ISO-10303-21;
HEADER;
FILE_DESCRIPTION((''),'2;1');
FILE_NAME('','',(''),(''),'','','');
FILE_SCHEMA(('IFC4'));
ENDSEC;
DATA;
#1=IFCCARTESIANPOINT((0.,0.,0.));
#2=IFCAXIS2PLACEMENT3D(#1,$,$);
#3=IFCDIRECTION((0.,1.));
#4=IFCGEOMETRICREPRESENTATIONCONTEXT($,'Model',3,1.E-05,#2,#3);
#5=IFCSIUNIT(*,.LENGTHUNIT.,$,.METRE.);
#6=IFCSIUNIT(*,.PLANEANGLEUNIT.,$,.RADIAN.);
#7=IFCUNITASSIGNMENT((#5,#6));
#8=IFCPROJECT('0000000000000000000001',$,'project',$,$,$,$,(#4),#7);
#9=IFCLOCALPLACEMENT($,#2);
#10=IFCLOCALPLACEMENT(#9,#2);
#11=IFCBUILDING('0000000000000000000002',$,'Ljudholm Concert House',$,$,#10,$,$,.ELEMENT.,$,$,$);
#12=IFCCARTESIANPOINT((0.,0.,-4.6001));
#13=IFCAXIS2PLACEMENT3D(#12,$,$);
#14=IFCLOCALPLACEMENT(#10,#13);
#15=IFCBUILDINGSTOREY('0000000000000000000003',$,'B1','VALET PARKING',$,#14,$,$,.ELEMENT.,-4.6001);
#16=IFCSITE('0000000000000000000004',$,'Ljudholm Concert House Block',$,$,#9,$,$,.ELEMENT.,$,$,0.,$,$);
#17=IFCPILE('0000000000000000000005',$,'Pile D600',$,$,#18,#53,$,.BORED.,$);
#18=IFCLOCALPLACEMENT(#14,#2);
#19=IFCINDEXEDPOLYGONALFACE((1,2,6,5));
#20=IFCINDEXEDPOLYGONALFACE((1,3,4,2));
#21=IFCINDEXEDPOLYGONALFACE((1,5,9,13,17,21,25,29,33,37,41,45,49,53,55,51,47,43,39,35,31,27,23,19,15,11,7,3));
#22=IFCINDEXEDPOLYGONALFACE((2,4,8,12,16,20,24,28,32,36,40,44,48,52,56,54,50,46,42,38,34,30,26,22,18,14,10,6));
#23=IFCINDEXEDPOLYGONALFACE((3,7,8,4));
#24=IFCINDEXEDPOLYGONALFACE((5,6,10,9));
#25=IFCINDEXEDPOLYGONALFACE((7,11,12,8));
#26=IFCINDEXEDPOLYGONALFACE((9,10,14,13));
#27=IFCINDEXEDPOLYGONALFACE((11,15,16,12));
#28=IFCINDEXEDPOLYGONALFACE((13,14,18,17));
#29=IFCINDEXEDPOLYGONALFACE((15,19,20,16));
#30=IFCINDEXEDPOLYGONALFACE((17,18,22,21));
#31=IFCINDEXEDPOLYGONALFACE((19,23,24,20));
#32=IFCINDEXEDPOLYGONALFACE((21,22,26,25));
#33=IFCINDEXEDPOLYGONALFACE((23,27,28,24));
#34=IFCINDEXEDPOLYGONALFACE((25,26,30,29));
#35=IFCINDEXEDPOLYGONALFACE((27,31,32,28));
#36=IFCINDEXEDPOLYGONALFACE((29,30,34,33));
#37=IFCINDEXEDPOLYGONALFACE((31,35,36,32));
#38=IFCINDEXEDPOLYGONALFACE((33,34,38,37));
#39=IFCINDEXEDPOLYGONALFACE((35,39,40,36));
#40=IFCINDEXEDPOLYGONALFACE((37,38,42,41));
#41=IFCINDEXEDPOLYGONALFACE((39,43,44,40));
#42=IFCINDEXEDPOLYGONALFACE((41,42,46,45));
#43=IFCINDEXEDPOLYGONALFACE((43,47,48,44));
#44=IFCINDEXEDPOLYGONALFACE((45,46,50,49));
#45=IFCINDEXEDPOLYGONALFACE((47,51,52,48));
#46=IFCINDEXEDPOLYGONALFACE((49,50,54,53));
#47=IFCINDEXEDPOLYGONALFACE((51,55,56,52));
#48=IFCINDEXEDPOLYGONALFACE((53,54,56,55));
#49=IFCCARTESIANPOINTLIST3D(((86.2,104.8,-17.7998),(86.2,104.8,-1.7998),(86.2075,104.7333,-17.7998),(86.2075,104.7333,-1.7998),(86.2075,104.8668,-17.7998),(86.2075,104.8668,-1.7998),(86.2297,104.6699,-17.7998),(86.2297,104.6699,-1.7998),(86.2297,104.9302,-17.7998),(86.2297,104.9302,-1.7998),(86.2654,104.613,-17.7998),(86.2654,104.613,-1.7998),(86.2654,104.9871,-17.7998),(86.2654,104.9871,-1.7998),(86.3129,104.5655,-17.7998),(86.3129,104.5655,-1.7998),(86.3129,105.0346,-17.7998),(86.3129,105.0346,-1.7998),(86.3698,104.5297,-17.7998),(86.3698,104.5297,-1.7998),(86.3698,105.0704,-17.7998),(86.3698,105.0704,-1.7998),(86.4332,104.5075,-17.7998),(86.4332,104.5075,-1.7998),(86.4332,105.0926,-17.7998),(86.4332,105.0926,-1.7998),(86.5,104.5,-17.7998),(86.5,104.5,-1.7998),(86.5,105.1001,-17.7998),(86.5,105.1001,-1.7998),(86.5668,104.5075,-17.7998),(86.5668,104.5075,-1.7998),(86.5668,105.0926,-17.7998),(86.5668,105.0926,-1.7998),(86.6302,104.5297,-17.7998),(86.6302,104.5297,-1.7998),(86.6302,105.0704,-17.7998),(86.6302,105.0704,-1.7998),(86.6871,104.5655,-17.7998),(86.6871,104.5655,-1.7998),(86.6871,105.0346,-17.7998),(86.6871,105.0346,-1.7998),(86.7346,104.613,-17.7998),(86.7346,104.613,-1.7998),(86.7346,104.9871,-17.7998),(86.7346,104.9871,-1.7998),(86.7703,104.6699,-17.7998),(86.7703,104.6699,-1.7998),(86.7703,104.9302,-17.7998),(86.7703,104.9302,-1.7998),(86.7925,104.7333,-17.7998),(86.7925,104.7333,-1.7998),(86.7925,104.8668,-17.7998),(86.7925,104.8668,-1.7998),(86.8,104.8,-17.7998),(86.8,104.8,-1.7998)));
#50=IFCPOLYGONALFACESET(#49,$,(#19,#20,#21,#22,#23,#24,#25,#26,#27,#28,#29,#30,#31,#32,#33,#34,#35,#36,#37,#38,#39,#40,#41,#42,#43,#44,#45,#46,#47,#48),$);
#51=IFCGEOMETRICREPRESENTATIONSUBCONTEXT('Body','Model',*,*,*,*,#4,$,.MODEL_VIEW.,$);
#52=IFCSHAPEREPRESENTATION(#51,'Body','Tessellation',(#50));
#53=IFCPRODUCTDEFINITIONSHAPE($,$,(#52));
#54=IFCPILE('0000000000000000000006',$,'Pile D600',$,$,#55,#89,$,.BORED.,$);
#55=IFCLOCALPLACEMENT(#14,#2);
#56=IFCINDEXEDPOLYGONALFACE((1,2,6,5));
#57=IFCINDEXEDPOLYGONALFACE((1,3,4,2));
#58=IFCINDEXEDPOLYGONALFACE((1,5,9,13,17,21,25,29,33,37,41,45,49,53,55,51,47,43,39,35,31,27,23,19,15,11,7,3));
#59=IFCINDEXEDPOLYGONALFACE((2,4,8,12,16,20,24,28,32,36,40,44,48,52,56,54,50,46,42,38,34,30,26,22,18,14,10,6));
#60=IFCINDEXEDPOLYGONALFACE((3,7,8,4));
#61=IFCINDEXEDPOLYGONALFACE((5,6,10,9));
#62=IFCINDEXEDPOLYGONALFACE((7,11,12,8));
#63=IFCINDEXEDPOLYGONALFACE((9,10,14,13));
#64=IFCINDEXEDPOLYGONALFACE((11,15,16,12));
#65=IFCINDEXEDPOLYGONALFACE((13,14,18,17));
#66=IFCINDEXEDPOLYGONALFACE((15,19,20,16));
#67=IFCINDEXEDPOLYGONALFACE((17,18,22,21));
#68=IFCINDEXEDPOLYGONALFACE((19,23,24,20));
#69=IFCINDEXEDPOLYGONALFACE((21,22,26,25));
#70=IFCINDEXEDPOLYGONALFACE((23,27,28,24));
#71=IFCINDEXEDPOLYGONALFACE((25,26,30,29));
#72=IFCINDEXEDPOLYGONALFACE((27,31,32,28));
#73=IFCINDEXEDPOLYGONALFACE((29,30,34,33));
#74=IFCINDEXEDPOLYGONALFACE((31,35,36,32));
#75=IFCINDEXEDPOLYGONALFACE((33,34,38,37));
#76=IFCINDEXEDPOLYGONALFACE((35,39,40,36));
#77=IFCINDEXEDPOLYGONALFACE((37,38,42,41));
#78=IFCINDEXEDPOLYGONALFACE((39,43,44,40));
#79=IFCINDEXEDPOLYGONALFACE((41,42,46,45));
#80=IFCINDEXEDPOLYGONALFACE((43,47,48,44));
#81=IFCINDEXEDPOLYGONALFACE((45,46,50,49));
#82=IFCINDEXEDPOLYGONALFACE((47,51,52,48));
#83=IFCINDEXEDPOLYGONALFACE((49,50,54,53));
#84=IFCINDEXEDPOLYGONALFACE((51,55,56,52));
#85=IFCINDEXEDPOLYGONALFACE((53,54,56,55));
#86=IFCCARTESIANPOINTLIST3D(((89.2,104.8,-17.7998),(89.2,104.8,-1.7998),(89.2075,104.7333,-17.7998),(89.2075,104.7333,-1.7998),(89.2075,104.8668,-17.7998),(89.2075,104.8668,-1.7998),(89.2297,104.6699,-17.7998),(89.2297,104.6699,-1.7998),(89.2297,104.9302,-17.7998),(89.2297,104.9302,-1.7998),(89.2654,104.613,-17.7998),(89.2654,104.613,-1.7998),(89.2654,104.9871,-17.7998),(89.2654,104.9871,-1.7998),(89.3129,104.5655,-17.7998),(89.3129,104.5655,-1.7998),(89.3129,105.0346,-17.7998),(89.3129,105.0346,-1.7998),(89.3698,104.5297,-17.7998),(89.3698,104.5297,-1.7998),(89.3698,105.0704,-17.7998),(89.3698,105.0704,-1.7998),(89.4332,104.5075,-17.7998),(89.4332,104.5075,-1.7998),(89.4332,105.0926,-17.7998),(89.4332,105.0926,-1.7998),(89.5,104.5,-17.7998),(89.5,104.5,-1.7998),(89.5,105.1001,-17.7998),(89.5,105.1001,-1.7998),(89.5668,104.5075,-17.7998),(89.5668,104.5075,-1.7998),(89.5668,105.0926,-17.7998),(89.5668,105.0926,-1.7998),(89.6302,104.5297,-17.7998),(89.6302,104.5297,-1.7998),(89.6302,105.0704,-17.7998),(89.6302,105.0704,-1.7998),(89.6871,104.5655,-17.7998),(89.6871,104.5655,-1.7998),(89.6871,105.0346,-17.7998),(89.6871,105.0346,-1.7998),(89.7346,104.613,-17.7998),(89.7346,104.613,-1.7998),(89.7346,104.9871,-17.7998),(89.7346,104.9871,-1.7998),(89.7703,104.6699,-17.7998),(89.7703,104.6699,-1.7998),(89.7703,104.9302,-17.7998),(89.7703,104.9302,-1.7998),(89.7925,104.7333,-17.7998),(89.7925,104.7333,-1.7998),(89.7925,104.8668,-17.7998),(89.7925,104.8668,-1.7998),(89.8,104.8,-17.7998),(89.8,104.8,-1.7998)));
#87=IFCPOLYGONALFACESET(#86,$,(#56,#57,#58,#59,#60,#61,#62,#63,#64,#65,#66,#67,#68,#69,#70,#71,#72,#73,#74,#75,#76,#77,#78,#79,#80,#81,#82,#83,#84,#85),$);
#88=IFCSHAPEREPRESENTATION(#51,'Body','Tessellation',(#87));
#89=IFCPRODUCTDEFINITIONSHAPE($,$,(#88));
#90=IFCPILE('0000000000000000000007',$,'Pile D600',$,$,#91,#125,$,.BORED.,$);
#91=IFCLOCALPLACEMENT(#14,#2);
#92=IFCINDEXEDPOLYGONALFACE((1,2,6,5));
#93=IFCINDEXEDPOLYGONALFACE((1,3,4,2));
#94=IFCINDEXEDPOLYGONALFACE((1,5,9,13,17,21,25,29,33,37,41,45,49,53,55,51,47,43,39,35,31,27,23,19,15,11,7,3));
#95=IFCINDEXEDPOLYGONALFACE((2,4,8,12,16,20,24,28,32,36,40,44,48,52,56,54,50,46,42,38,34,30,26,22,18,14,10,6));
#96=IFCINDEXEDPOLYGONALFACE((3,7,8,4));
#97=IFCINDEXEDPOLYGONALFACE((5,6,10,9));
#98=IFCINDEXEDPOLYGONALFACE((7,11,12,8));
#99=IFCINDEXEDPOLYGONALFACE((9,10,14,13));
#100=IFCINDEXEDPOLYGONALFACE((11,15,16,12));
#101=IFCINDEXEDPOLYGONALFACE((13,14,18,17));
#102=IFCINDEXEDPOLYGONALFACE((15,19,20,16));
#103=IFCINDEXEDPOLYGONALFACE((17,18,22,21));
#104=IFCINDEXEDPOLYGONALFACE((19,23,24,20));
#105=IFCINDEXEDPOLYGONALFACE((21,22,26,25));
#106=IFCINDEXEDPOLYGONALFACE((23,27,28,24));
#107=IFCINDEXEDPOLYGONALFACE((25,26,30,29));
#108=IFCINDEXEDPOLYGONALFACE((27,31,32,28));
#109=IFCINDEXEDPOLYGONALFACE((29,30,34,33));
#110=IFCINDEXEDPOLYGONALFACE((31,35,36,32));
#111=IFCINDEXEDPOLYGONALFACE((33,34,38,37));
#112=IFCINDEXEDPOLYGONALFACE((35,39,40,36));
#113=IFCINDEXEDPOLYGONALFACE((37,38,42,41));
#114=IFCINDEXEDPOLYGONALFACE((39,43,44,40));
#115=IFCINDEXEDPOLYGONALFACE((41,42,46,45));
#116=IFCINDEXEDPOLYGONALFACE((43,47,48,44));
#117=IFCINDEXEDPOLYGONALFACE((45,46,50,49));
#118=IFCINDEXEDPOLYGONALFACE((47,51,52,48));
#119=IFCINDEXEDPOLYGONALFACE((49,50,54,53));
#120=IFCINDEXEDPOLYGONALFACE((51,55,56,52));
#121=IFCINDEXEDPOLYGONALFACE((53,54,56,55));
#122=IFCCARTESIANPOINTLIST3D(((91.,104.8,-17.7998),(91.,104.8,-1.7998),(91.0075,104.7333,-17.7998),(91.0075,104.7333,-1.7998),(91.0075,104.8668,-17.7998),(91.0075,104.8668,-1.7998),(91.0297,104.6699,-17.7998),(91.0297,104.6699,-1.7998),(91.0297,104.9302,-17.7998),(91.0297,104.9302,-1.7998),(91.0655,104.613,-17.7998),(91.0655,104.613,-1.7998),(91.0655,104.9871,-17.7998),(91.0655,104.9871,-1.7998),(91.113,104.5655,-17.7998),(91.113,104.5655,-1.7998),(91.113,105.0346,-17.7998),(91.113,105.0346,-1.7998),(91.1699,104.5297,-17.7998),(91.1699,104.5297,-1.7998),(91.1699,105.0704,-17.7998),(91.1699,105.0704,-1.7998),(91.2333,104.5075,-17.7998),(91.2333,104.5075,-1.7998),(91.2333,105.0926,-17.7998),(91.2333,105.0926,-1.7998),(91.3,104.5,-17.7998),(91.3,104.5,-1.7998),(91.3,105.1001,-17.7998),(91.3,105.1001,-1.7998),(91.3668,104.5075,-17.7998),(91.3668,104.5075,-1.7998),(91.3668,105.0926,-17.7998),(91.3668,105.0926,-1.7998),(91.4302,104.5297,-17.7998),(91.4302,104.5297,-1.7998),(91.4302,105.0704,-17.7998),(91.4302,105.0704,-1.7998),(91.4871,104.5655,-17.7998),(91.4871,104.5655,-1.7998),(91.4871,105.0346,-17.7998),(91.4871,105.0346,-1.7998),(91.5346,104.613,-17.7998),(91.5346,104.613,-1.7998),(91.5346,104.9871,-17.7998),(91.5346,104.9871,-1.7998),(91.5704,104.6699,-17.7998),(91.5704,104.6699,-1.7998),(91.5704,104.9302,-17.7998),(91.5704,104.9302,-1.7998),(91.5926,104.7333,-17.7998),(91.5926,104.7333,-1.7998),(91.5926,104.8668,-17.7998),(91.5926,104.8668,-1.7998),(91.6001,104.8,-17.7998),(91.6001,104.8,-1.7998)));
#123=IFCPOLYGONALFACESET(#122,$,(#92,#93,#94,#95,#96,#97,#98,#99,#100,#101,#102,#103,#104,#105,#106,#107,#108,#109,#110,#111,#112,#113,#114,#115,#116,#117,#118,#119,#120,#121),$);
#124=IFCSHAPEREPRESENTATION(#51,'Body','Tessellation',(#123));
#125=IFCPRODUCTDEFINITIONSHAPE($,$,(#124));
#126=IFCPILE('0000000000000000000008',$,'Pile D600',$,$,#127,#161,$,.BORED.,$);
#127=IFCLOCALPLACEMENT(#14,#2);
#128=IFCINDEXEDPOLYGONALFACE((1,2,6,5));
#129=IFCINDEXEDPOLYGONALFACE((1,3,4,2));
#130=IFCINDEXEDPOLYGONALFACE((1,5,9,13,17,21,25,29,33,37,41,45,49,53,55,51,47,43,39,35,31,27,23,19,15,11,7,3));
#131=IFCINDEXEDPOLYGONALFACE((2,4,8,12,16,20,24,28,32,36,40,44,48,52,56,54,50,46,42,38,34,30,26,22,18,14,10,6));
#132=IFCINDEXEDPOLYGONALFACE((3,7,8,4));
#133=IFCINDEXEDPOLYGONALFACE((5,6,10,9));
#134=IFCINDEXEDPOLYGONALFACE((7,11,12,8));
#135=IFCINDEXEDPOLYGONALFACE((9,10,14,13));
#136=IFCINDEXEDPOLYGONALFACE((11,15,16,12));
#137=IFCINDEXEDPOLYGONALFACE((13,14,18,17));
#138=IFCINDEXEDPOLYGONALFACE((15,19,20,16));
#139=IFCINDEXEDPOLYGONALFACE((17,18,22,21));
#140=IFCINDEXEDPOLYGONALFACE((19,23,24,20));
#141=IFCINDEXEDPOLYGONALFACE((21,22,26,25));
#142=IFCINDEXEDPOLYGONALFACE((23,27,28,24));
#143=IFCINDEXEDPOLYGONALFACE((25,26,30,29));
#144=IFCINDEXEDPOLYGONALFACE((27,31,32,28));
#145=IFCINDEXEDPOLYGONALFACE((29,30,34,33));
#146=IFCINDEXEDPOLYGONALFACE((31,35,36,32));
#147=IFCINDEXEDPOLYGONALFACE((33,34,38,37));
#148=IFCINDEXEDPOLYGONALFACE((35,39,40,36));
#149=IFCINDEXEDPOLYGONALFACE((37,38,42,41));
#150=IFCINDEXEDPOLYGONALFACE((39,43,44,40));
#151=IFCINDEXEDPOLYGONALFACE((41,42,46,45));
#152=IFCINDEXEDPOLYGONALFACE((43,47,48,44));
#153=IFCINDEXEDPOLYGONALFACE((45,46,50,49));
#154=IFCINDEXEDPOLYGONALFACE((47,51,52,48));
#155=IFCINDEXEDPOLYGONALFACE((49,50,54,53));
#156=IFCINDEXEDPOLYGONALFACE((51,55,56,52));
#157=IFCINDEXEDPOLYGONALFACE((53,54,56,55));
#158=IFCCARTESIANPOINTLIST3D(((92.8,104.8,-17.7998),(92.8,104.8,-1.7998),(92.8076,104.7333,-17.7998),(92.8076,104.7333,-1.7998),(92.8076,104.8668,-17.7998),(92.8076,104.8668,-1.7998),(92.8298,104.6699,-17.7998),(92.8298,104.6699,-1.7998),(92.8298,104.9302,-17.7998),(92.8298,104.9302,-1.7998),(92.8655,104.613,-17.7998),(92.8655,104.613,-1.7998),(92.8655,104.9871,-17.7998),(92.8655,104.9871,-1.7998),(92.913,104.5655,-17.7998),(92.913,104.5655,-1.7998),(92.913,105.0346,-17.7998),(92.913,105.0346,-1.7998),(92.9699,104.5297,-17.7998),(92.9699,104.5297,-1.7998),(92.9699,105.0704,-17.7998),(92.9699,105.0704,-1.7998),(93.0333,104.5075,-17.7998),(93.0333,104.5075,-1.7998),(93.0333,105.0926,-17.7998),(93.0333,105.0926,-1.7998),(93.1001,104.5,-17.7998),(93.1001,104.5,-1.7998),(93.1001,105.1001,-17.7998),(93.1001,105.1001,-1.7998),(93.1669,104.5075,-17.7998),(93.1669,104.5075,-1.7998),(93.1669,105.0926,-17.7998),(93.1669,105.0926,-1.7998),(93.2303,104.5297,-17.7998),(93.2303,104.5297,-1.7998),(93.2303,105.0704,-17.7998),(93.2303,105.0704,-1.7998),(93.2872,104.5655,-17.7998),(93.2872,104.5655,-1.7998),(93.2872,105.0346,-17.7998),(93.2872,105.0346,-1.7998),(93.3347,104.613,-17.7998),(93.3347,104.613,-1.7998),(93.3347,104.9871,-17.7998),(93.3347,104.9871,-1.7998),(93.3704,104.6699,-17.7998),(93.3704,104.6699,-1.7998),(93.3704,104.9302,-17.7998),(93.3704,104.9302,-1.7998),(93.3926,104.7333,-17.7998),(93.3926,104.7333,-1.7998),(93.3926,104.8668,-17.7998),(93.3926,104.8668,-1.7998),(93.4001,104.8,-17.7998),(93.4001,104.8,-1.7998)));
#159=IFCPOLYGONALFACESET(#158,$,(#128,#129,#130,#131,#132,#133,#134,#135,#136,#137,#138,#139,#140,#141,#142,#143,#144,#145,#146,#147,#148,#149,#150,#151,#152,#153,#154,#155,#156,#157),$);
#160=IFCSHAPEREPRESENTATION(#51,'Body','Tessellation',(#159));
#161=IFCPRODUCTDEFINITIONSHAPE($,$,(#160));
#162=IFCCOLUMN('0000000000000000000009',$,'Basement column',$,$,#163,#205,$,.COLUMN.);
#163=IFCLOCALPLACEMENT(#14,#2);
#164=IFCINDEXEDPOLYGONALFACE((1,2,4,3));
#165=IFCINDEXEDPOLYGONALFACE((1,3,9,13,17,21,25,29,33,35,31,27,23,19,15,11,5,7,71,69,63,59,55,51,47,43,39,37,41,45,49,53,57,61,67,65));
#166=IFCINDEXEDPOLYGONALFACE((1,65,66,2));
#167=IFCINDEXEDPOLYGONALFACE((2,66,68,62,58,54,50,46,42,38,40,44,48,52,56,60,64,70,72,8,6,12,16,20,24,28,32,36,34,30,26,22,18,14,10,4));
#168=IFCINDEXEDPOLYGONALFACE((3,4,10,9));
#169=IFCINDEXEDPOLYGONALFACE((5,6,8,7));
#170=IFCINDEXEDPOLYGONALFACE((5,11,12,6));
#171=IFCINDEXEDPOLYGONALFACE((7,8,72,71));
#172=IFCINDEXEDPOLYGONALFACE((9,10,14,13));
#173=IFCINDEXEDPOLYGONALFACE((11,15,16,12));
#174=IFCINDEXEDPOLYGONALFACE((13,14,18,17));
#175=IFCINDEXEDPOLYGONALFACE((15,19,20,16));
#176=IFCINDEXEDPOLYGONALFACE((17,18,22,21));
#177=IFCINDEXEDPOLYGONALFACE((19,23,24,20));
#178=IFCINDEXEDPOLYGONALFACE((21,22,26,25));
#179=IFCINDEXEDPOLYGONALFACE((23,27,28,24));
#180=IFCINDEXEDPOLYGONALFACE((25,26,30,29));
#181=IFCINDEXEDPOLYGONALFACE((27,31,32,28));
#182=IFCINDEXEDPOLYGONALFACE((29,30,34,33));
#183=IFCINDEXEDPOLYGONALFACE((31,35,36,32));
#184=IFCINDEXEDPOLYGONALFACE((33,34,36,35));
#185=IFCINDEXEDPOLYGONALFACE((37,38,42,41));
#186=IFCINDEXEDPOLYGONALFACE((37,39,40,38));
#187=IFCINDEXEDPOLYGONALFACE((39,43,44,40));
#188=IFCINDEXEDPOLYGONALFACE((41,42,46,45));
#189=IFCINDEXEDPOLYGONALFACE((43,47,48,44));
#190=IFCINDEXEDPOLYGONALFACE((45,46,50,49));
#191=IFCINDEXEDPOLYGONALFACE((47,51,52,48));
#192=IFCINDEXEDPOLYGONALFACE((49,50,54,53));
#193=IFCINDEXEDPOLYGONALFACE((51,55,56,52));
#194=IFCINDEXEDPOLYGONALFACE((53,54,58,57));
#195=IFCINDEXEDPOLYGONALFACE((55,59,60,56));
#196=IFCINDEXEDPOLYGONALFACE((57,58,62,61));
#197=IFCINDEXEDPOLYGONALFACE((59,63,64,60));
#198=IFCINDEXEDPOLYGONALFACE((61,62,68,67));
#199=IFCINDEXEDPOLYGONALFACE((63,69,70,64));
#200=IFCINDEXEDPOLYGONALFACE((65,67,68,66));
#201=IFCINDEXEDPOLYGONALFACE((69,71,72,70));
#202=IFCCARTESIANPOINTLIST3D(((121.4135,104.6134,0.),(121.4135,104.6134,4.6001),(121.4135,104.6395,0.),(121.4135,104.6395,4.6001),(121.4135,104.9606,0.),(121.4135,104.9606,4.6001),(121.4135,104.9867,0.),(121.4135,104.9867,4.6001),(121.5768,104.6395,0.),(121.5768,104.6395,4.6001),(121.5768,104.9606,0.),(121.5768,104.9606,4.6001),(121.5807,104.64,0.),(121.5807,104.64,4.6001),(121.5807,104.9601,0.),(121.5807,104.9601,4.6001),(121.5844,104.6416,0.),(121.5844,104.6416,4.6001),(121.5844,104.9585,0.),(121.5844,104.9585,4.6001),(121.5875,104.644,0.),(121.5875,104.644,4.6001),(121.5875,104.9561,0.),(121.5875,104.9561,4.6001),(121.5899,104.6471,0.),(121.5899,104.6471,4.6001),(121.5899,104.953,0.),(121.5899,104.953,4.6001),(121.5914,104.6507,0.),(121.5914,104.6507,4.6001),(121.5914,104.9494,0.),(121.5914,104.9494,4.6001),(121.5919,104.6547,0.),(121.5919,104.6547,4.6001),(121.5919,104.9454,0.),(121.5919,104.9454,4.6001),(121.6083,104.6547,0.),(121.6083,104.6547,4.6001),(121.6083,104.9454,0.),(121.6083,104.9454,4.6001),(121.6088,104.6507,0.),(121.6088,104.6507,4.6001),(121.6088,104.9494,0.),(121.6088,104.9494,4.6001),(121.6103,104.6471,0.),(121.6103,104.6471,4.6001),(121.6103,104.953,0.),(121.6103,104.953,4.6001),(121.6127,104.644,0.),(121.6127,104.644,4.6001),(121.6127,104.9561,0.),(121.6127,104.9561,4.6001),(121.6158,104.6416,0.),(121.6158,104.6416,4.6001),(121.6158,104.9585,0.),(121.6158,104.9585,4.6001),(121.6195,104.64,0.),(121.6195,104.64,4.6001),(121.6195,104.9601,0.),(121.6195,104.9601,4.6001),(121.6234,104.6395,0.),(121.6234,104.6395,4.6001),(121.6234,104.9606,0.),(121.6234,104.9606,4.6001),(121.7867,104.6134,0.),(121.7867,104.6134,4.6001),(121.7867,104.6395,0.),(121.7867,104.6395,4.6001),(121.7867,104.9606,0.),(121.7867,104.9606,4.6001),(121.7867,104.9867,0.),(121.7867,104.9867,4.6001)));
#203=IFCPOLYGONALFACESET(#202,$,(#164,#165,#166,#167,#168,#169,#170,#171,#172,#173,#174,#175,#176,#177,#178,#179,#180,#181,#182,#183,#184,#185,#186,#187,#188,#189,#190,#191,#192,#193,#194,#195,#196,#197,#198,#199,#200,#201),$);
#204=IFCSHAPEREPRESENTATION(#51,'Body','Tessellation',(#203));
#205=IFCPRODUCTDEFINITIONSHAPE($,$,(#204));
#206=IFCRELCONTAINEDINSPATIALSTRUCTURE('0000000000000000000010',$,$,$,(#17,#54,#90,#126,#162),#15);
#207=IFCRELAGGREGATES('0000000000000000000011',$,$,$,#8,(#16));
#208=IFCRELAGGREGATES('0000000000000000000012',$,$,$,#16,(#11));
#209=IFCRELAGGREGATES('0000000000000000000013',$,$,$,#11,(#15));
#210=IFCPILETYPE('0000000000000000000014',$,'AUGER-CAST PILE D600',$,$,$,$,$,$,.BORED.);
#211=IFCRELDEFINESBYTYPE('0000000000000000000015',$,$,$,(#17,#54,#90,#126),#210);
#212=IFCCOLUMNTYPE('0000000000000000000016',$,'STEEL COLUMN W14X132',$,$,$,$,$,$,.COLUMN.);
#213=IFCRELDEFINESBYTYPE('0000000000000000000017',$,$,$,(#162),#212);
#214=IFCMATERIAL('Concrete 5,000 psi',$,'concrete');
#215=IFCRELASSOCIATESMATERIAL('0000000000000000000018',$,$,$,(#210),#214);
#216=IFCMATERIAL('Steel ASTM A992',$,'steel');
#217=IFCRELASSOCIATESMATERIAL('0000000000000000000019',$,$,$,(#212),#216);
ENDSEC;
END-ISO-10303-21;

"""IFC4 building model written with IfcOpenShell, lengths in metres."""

from ifc_helpers import new_model, si_unit, direction, frame, origin, origin_2d, place, context, subcontext, project, spatial, circle, i_section, extrude, material, material_profile, profile_set, type_object, element, save


model = new_model("IFC4")

# Units and contexts
model_context = context("Model", 3, precision=1e-05, world=origin(), true_north=direction((0.0, 1.0)))
body_context = subcontext(model_context, "Body", "Model", "MODEL_VIEW")
ifc_project = project(units=[si_unit("LENGTHUNIT", "METRE"), si_unit("PLANEANGLEUNIT", "RADIAN")], contexts=[model_context])

# Site, building, storey
site_placement = place(None, origin())
site = spatial("IfcSite", under=ifc_project, at=site_placement, Name="Ljudholm Concert House Block", CompositionType="ELEMENT", RefElevation=0.0)
building_placement = place(site_placement, origin())
building = spatial("IfcBuilding", under=site, at=building_placement, Name="Ljudholm Concert House", CompositionType="ELEMENT")
storey_placement = place(building_placement, frame((0.0, 0.0, -4.6001)))
storey = spatial("IfcBuildingStorey", under=building, at=storey_placement, Name="B1", Description="VALET PARKING", CompositionType="ELEMENT", Elevation=-4.6001)

# Piles
ifc_material_1 = material(Name="Concrete 5,000 psi", Category="concrete")
ifc_material_profile_1 = material_profile(ifc_material_1, circle(Radius=0.3, at=origin_2d()), Name="AUGER-CAST PILE D600")
ifc_profile_set_1 = profile_set([ifc_material_profile_1], Name="Concrete 5,000 psi")
pile_type = type_object("IfcPileType", Name="AUGER-CAST PILE D600", PredefinedType="BORED", material=ifc_profile_set_1)
for number, where, z_axis, x_axis, name in (
    (1, (86.5, 104.8, -1.7998), (0.0, 0.0, -1.0), (1.0, 0.0, 0.0), "Pile D600"),
    (2, (89.5, 104.8, -1.7998), (0.0, 0.0, -1.0), (1.0, 0.0, 0.0), "Pile D600"),
    (3, (91.3, 104.8, -1.7998), (0.0, 0.0, -1.0), (1.0, 0.0, 0.0), "Pile D600"),
    (4, (93.1001, 104.8, -1.7998), (0.0, 0.0, -1.0), (1.0, 0.0, 0.0), "Pile D600"),
):
    element("IfcPile", number, at=place(storey_placement, frame(where, z_axis=z_axis, x_axis=x_axis)), inside=storey, type_object=pile_type, Name=name, PredefinedType="BORED", context=body_context, shape_type="SweptSolid", body=[
        extrude(circle(Radius=0.3, at=origin_2d()), origin(), (0.0, 0.0, 1.0), 16.0),
    ])

# Column
ifc_material_2 = material(Name="Steel ASTM A992", Category="steel")
ifc_material_profile_2 = material_profile(ifc_material_2, i_section(OverallWidth=0.3733, OverallDepth=0.3733, WebThickness=0.0164, FlangeThickness=0.0261, FilletRadius=0.0151, at=origin_2d()), Name="W14X132")
ifc_profile_set_2 = profile_set([ifc_material_profile_2], Name="Steel ASTM A992")
column_type = type_object("IfcColumnType", Name="STEEL COLUMN W14X132", PredefinedType="COLUMN", material=ifc_profile_set_2)
column_placement = place(storey_placement, frame((121.6001, 104.8, 0.0), z_axis=(0.0, 0.0, 1.0), x_axis=(1.0, 0.0, 0.0)))
element("IfcColumn", 5, at=column_placement, inside=storey, type_object=column_type, Name="Basement column", PredefinedType="COLUMN", context=body_context, shape_type="SweptSolid", body=[
    extrude(i_section(OverallWidth=0.3733, OverallDepth=0.3733, WebThickness=0.0164, FlangeThickness=0.0261, FilletRadius=0.0151, at=origin_2d()), origin(), (0.0, 0.0, 1.0), 4.6001),
])

save(model, "model.ifc")
